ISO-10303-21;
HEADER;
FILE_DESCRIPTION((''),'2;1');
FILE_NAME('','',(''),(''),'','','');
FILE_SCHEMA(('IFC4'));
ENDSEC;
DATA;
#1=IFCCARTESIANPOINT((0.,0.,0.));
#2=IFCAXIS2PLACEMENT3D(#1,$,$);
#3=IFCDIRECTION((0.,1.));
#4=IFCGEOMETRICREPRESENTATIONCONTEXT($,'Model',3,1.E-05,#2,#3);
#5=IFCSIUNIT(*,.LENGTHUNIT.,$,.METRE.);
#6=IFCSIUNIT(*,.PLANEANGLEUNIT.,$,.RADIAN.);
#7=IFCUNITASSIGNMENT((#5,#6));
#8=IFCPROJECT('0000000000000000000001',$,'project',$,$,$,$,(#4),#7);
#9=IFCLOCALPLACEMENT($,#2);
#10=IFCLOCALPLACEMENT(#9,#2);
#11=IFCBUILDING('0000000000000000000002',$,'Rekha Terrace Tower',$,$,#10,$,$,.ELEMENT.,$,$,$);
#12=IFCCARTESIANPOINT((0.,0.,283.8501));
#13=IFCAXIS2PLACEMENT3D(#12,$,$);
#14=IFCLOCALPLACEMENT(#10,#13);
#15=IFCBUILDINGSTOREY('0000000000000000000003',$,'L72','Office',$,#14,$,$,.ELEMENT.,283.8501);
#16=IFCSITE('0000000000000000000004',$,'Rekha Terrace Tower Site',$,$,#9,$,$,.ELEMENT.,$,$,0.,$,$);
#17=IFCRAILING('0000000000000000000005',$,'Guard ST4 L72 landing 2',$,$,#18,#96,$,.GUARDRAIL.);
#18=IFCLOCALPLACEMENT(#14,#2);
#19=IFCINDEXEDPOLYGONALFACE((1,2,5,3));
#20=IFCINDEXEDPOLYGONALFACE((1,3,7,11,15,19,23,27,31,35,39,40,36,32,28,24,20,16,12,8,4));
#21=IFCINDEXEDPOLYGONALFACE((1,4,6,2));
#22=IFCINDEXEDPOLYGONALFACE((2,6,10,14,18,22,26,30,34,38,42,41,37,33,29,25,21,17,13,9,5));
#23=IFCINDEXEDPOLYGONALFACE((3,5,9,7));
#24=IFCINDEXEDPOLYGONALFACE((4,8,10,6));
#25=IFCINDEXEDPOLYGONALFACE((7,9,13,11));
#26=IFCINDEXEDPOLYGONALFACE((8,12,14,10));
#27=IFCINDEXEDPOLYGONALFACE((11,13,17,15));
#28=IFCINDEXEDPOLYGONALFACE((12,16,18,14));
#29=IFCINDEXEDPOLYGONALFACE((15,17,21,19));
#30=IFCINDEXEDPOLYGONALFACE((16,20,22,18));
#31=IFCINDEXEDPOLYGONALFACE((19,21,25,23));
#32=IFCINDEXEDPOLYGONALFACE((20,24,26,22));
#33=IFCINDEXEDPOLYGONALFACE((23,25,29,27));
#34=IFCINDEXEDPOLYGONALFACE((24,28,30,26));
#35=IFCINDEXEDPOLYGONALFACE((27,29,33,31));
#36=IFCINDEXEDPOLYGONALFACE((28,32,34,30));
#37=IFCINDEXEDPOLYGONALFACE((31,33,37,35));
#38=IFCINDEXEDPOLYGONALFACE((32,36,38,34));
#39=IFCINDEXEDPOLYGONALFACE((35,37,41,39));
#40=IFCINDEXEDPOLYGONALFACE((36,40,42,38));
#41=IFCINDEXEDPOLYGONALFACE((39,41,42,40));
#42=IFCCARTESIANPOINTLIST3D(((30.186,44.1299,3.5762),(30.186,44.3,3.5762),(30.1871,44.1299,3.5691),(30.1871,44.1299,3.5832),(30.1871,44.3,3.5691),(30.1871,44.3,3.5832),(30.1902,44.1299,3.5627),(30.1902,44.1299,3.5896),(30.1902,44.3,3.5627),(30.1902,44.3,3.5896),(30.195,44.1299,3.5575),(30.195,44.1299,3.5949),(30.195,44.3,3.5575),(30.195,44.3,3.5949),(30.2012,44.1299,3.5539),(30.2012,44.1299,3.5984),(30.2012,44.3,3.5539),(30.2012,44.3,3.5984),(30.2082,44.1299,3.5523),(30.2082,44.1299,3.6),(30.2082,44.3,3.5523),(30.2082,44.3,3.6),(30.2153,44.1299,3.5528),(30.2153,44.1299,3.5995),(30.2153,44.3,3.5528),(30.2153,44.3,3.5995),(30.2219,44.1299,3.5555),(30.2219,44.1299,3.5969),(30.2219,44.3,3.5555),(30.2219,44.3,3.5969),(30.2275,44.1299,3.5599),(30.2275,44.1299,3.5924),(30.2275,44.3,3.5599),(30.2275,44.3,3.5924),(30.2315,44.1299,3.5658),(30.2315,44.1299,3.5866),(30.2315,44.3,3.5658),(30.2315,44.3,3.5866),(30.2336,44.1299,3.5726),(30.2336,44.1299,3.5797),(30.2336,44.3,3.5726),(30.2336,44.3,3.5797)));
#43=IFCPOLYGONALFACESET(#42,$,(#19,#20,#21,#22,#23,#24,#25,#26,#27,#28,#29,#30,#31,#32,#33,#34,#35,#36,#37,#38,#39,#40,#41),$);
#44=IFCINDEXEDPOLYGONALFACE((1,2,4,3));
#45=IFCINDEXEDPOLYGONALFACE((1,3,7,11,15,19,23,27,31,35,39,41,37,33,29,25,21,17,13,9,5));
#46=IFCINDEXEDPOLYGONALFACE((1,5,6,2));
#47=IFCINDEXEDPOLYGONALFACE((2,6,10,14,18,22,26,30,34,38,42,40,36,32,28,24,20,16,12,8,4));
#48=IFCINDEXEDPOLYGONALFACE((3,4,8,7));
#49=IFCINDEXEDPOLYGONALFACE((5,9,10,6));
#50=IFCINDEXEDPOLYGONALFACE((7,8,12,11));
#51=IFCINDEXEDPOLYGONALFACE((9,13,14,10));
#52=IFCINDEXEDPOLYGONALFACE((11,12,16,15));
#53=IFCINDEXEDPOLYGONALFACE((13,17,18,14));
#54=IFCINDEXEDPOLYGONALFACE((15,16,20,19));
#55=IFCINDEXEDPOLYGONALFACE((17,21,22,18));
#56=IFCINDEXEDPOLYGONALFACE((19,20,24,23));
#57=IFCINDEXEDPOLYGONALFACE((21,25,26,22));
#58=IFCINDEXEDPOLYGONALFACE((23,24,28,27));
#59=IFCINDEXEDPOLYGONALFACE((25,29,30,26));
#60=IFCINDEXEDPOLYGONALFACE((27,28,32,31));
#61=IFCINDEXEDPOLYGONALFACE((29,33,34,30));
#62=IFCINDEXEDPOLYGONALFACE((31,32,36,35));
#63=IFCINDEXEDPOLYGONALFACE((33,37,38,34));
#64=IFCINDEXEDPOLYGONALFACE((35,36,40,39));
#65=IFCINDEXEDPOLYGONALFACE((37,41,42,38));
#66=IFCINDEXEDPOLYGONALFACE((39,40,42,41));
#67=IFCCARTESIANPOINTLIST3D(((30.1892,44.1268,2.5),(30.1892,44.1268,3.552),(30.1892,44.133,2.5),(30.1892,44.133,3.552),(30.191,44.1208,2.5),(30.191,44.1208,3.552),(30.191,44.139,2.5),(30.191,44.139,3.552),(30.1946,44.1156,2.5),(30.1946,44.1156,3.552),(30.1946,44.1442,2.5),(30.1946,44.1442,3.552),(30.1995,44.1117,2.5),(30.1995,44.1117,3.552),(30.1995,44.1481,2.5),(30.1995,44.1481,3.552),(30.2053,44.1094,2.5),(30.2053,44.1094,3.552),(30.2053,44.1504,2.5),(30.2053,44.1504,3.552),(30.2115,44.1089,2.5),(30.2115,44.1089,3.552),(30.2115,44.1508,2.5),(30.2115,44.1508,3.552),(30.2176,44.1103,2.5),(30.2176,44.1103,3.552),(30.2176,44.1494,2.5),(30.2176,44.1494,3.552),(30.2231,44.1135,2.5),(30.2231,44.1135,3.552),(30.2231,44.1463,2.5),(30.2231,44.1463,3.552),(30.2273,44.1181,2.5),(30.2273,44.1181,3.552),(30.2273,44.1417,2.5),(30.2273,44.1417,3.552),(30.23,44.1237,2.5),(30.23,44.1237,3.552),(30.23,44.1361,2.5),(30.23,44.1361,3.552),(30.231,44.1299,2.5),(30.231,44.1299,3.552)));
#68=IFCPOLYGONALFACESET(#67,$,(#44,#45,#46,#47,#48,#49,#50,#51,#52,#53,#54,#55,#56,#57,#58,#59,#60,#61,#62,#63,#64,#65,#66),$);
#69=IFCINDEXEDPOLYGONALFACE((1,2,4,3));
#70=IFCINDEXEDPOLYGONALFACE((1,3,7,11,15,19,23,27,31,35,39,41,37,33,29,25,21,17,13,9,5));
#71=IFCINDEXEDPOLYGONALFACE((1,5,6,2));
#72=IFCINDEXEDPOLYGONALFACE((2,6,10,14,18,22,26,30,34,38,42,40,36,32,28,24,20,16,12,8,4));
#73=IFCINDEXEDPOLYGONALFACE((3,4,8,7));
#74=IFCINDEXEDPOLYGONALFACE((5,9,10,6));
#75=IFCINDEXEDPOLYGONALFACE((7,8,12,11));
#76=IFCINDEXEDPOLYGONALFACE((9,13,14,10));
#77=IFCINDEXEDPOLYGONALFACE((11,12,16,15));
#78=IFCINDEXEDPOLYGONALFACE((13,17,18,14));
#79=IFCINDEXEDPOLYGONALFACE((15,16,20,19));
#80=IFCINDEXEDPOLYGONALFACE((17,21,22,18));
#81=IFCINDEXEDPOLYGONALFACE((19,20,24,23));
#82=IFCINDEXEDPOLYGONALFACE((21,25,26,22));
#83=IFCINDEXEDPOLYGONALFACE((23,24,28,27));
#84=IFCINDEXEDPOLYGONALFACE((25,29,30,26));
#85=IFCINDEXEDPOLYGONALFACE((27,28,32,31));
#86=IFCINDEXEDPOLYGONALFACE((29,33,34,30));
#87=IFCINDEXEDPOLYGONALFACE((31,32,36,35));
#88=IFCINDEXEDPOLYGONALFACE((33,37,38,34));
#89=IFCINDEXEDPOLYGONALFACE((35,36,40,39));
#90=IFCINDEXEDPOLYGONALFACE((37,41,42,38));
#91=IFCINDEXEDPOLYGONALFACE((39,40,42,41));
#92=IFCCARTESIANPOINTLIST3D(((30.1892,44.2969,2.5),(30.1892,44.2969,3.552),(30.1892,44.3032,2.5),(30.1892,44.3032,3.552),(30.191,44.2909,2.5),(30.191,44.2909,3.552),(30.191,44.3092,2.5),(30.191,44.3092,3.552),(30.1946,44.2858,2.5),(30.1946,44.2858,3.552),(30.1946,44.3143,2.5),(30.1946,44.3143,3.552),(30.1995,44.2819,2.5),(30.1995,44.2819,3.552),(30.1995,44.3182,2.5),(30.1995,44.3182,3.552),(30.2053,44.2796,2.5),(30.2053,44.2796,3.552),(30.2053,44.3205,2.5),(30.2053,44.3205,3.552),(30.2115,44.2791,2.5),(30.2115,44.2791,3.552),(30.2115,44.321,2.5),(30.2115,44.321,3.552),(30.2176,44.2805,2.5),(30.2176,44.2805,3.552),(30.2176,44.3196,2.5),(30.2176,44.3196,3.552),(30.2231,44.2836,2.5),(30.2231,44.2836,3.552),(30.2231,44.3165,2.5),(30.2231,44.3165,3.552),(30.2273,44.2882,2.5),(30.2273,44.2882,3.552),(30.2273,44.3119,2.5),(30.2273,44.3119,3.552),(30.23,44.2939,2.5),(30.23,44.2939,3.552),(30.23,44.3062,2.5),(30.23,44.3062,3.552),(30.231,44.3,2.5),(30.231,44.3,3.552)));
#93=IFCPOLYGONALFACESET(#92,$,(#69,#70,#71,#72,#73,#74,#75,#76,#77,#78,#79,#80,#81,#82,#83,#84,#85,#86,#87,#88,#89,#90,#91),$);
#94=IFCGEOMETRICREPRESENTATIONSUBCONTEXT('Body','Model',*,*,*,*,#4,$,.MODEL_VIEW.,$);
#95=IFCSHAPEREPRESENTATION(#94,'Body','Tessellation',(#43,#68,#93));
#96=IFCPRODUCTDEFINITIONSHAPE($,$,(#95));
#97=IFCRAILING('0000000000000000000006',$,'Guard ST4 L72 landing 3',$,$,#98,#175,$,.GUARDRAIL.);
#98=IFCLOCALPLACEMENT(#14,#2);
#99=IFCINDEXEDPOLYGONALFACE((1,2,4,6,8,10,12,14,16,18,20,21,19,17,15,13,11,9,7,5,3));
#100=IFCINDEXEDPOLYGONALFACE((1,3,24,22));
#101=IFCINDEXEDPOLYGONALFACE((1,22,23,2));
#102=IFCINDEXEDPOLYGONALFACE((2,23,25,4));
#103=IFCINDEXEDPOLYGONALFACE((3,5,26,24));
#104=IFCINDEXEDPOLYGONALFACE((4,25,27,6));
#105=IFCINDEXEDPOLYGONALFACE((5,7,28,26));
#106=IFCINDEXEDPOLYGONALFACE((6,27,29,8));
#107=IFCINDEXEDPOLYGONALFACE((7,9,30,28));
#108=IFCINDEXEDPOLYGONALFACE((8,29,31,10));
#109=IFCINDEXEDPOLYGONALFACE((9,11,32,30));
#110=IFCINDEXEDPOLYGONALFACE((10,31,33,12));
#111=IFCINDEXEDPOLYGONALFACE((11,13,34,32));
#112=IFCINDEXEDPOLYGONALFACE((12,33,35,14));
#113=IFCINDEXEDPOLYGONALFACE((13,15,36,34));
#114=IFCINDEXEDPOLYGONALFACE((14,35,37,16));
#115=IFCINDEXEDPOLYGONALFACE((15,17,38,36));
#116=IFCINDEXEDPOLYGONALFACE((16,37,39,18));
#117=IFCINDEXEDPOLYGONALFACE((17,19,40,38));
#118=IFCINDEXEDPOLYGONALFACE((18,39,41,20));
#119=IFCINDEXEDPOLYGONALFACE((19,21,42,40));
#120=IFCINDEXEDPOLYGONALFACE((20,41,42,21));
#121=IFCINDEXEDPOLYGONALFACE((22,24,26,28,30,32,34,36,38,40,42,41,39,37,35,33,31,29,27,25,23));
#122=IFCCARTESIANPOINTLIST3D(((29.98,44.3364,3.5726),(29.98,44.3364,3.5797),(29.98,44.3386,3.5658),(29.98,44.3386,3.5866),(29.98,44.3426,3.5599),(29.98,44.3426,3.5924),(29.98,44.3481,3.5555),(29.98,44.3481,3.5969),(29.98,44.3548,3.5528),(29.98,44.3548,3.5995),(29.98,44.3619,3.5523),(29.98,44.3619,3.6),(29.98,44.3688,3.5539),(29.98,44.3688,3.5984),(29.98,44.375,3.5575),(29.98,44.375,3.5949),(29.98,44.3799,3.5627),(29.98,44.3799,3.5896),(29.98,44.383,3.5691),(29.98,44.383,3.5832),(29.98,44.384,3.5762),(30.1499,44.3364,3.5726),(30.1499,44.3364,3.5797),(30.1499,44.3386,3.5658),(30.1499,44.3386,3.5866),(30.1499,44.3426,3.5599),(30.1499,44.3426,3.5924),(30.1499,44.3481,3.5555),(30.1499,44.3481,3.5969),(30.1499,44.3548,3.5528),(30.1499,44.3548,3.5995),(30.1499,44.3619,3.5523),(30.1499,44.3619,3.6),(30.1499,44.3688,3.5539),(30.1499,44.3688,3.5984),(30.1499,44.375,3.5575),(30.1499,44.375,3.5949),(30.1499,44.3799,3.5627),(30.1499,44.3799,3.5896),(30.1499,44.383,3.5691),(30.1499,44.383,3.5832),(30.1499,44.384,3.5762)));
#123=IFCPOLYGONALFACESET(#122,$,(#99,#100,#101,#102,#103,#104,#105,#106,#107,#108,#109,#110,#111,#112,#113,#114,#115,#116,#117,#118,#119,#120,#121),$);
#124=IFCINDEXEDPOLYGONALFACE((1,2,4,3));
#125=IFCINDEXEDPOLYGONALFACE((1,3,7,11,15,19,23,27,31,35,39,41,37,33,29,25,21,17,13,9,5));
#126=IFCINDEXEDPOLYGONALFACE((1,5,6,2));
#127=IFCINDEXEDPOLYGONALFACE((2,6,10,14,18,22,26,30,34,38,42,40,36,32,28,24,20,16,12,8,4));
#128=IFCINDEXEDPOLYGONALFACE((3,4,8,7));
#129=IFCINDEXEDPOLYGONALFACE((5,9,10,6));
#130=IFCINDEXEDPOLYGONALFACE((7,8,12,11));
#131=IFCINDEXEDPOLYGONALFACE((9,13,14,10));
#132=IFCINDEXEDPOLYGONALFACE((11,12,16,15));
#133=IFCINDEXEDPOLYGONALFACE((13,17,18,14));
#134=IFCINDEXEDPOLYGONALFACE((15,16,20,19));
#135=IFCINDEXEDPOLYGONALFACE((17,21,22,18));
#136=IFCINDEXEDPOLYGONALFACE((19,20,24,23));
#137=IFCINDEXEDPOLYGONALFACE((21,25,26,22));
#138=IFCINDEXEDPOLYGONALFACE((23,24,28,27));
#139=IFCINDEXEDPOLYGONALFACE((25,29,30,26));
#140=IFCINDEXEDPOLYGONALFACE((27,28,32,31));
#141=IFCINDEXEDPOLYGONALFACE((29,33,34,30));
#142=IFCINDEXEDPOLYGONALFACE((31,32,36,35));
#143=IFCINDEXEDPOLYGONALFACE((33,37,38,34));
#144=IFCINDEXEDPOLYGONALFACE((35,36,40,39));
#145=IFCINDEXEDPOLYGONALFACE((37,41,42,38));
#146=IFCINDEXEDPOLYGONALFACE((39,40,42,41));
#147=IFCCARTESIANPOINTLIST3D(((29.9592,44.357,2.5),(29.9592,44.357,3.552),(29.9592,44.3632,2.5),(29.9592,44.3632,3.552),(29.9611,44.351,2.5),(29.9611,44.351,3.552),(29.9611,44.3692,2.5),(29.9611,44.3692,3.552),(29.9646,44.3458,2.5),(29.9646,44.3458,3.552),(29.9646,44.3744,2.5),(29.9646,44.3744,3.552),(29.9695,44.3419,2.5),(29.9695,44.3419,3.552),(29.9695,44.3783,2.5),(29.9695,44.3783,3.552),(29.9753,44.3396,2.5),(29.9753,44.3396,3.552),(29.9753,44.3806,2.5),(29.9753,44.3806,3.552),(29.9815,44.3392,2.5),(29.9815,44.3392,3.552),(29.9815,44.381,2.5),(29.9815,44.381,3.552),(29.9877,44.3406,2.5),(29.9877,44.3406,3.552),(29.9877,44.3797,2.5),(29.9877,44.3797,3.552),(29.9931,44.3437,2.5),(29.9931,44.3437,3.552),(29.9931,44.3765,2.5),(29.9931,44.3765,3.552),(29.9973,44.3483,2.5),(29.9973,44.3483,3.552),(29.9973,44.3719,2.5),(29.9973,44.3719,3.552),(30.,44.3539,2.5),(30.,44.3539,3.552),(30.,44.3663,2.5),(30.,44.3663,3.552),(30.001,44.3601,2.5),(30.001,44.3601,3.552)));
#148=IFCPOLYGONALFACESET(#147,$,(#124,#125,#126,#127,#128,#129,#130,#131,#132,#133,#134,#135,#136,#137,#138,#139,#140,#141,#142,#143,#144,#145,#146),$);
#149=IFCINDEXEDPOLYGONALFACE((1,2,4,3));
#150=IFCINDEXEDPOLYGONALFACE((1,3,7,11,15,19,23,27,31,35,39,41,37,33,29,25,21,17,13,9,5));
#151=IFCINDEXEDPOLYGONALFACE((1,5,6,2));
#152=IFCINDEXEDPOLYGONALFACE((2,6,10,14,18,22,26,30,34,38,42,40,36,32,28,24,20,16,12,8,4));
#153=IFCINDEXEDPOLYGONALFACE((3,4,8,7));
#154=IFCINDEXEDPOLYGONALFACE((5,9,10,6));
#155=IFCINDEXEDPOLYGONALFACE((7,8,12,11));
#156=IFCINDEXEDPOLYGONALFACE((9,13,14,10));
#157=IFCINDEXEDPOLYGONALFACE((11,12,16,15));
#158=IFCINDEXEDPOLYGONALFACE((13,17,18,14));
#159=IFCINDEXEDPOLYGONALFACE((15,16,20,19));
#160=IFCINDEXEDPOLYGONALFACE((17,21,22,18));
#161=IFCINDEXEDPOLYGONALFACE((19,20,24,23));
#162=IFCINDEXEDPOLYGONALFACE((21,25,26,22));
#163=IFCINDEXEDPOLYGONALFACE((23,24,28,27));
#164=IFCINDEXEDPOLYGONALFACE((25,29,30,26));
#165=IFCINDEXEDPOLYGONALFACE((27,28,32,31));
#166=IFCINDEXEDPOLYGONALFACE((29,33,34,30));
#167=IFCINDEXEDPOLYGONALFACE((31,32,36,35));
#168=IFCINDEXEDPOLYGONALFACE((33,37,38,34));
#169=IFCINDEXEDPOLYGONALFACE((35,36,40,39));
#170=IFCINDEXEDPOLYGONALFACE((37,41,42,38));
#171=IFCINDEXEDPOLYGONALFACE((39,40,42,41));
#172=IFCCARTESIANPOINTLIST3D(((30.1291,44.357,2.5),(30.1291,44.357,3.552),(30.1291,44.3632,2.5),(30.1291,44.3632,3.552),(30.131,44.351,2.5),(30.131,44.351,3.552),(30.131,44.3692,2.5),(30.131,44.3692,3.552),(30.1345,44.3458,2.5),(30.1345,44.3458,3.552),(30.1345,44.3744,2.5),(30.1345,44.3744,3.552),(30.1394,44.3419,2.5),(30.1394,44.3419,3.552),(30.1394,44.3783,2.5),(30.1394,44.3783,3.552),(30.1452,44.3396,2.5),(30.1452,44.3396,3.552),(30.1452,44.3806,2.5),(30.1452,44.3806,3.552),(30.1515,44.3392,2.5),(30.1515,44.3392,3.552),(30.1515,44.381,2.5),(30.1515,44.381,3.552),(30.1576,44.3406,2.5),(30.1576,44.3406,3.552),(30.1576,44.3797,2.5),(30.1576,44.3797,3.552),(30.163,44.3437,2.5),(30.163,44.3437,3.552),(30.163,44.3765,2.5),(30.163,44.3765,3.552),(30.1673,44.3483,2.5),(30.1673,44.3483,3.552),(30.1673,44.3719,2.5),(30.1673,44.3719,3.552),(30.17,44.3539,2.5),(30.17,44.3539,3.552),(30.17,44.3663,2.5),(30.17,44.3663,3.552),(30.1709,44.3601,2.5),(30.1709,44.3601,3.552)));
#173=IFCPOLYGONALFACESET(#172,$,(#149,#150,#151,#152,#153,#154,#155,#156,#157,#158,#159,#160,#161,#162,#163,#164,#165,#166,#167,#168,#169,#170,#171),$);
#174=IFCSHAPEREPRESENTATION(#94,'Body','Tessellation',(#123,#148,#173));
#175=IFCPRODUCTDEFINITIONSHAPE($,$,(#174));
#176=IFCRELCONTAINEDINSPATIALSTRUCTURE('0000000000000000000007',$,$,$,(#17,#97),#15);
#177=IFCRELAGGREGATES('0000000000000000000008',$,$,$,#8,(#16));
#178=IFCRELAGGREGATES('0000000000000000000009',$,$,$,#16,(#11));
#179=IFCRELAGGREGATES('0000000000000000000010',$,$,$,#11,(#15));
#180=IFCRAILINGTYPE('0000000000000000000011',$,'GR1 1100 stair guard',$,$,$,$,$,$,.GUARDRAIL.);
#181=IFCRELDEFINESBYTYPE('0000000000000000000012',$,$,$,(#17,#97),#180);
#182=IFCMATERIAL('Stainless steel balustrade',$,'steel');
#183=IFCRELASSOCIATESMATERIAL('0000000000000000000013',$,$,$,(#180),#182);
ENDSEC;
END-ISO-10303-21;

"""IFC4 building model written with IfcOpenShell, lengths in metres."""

from ifc_helpers import new_model, si_unit, direction, frame, origin, origin_2d, place, context, subcontext, project, spatial, circle, extrude, material, type_object, element, save


model = new_model("IFC4")

# Units and contexts
model_context = context("Model", 3, precision=1e-05, world=origin(), true_north=direction((0.0, 1.0)))
body_context = subcontext(model_context, "Body", "Model", "MODEL_VIEW")
ifc_project = project(units=[si_unit("LENGTHUNIT", "METRE"), si_unit("PLANEANGLEUNIT", "RADIAN")], contexts=[model_context])

# Site, building, storey
site_placement = place(None, origin())
site = spatial("IfcSite", under=ifc_project, at=site_placement, Name="Rekha Terrace Tower Site", CompositionType="ELEMENT", RefElevation=0.0)
building_placement = place(site_placement, origin())
building = spatial("IfcBuilding", under=site, at=building_placement, Name="Rekha Terrace Tower", CompositionType="ELEMENT")
storey_placement = place(building_placement, frame((0.0, 0.0, 283.8501)))
storey = spatial("IfcBuildingStorey", under=building, at=storey_placement, Name="L72", Description="Office", CompositionType="ELEMENT", Elevation=283.8501)

# Railings
ifc_material_1 = material(Name="Stainless steel balustrade", Category="steel")
railing_type_1 = type_object("IfcRailingType", Name="GR1 1100 stair guard", PredefinedType="GUARDRAIL", material=ifc_material_1)
railing_1_placement = place(storey_placement, frame((30.21, 44.1299, 2.5)))
element("IfcRailing", 1, at=railing_1_placement, inside=storey, type_object=railing_type_1, Name="Guard ST4 L72 landing 2", PredefinedType="GUARDRAIL", context=body_context, shape_type="SweptSolid", body=[
    extrude(circle(Radius=0.0239, at=origin_2d()), frame((0.0, 0.0, 1.0762), z_axis=(0.0, 1.0, 0.0), x_axis=(-1.0, 0.0, 0.0)), (0.0, 0.0, 1.0), 0.1702),
    extrude(circle(Radius=0.021, at=origin_2d()), origin(), (0.0, 0.0, 1.0), 1.052),
    extrude(circle(Radius=0.021, at=origin_2d()), frame((0.0, 0.1702, 0.0)), (0.0, 0.0, 1.0), 1.052),
])
railing_2_placement = place(storey_placement, frame((29.98, 44.3601, 2.5)))
element("IfcRailing", 2, at=railing_2_placement, inside=storey, type_object=railing_type_1, Name="Guard ST4 L72 landing 3", PredefinedType="GUARDRAIL", context=body_context, shape_type="SweptSolid", body=[
    extrude(circle(Radius=0.0239, at=origin_2d()), frame((0.0, 0.0, 1.0762), z_axis=(1.0, 0.0, 0.0), x_axis=(0.0, 1.0, 0.0)), (0.0, 0.0, 1.0), 0.1699),
    extrude(circle(Radius=0.021, at=origin_2d()), origin(), (0.0, 0.0, 1.0), 1.052),
    extrude(circle(Radius=0.021, at=origin_2d()), frame((0.1699, 0.0, 0.0)), (0.0, 0.0, 1.0), 1.052),
])

save(model, "model.ifc")
